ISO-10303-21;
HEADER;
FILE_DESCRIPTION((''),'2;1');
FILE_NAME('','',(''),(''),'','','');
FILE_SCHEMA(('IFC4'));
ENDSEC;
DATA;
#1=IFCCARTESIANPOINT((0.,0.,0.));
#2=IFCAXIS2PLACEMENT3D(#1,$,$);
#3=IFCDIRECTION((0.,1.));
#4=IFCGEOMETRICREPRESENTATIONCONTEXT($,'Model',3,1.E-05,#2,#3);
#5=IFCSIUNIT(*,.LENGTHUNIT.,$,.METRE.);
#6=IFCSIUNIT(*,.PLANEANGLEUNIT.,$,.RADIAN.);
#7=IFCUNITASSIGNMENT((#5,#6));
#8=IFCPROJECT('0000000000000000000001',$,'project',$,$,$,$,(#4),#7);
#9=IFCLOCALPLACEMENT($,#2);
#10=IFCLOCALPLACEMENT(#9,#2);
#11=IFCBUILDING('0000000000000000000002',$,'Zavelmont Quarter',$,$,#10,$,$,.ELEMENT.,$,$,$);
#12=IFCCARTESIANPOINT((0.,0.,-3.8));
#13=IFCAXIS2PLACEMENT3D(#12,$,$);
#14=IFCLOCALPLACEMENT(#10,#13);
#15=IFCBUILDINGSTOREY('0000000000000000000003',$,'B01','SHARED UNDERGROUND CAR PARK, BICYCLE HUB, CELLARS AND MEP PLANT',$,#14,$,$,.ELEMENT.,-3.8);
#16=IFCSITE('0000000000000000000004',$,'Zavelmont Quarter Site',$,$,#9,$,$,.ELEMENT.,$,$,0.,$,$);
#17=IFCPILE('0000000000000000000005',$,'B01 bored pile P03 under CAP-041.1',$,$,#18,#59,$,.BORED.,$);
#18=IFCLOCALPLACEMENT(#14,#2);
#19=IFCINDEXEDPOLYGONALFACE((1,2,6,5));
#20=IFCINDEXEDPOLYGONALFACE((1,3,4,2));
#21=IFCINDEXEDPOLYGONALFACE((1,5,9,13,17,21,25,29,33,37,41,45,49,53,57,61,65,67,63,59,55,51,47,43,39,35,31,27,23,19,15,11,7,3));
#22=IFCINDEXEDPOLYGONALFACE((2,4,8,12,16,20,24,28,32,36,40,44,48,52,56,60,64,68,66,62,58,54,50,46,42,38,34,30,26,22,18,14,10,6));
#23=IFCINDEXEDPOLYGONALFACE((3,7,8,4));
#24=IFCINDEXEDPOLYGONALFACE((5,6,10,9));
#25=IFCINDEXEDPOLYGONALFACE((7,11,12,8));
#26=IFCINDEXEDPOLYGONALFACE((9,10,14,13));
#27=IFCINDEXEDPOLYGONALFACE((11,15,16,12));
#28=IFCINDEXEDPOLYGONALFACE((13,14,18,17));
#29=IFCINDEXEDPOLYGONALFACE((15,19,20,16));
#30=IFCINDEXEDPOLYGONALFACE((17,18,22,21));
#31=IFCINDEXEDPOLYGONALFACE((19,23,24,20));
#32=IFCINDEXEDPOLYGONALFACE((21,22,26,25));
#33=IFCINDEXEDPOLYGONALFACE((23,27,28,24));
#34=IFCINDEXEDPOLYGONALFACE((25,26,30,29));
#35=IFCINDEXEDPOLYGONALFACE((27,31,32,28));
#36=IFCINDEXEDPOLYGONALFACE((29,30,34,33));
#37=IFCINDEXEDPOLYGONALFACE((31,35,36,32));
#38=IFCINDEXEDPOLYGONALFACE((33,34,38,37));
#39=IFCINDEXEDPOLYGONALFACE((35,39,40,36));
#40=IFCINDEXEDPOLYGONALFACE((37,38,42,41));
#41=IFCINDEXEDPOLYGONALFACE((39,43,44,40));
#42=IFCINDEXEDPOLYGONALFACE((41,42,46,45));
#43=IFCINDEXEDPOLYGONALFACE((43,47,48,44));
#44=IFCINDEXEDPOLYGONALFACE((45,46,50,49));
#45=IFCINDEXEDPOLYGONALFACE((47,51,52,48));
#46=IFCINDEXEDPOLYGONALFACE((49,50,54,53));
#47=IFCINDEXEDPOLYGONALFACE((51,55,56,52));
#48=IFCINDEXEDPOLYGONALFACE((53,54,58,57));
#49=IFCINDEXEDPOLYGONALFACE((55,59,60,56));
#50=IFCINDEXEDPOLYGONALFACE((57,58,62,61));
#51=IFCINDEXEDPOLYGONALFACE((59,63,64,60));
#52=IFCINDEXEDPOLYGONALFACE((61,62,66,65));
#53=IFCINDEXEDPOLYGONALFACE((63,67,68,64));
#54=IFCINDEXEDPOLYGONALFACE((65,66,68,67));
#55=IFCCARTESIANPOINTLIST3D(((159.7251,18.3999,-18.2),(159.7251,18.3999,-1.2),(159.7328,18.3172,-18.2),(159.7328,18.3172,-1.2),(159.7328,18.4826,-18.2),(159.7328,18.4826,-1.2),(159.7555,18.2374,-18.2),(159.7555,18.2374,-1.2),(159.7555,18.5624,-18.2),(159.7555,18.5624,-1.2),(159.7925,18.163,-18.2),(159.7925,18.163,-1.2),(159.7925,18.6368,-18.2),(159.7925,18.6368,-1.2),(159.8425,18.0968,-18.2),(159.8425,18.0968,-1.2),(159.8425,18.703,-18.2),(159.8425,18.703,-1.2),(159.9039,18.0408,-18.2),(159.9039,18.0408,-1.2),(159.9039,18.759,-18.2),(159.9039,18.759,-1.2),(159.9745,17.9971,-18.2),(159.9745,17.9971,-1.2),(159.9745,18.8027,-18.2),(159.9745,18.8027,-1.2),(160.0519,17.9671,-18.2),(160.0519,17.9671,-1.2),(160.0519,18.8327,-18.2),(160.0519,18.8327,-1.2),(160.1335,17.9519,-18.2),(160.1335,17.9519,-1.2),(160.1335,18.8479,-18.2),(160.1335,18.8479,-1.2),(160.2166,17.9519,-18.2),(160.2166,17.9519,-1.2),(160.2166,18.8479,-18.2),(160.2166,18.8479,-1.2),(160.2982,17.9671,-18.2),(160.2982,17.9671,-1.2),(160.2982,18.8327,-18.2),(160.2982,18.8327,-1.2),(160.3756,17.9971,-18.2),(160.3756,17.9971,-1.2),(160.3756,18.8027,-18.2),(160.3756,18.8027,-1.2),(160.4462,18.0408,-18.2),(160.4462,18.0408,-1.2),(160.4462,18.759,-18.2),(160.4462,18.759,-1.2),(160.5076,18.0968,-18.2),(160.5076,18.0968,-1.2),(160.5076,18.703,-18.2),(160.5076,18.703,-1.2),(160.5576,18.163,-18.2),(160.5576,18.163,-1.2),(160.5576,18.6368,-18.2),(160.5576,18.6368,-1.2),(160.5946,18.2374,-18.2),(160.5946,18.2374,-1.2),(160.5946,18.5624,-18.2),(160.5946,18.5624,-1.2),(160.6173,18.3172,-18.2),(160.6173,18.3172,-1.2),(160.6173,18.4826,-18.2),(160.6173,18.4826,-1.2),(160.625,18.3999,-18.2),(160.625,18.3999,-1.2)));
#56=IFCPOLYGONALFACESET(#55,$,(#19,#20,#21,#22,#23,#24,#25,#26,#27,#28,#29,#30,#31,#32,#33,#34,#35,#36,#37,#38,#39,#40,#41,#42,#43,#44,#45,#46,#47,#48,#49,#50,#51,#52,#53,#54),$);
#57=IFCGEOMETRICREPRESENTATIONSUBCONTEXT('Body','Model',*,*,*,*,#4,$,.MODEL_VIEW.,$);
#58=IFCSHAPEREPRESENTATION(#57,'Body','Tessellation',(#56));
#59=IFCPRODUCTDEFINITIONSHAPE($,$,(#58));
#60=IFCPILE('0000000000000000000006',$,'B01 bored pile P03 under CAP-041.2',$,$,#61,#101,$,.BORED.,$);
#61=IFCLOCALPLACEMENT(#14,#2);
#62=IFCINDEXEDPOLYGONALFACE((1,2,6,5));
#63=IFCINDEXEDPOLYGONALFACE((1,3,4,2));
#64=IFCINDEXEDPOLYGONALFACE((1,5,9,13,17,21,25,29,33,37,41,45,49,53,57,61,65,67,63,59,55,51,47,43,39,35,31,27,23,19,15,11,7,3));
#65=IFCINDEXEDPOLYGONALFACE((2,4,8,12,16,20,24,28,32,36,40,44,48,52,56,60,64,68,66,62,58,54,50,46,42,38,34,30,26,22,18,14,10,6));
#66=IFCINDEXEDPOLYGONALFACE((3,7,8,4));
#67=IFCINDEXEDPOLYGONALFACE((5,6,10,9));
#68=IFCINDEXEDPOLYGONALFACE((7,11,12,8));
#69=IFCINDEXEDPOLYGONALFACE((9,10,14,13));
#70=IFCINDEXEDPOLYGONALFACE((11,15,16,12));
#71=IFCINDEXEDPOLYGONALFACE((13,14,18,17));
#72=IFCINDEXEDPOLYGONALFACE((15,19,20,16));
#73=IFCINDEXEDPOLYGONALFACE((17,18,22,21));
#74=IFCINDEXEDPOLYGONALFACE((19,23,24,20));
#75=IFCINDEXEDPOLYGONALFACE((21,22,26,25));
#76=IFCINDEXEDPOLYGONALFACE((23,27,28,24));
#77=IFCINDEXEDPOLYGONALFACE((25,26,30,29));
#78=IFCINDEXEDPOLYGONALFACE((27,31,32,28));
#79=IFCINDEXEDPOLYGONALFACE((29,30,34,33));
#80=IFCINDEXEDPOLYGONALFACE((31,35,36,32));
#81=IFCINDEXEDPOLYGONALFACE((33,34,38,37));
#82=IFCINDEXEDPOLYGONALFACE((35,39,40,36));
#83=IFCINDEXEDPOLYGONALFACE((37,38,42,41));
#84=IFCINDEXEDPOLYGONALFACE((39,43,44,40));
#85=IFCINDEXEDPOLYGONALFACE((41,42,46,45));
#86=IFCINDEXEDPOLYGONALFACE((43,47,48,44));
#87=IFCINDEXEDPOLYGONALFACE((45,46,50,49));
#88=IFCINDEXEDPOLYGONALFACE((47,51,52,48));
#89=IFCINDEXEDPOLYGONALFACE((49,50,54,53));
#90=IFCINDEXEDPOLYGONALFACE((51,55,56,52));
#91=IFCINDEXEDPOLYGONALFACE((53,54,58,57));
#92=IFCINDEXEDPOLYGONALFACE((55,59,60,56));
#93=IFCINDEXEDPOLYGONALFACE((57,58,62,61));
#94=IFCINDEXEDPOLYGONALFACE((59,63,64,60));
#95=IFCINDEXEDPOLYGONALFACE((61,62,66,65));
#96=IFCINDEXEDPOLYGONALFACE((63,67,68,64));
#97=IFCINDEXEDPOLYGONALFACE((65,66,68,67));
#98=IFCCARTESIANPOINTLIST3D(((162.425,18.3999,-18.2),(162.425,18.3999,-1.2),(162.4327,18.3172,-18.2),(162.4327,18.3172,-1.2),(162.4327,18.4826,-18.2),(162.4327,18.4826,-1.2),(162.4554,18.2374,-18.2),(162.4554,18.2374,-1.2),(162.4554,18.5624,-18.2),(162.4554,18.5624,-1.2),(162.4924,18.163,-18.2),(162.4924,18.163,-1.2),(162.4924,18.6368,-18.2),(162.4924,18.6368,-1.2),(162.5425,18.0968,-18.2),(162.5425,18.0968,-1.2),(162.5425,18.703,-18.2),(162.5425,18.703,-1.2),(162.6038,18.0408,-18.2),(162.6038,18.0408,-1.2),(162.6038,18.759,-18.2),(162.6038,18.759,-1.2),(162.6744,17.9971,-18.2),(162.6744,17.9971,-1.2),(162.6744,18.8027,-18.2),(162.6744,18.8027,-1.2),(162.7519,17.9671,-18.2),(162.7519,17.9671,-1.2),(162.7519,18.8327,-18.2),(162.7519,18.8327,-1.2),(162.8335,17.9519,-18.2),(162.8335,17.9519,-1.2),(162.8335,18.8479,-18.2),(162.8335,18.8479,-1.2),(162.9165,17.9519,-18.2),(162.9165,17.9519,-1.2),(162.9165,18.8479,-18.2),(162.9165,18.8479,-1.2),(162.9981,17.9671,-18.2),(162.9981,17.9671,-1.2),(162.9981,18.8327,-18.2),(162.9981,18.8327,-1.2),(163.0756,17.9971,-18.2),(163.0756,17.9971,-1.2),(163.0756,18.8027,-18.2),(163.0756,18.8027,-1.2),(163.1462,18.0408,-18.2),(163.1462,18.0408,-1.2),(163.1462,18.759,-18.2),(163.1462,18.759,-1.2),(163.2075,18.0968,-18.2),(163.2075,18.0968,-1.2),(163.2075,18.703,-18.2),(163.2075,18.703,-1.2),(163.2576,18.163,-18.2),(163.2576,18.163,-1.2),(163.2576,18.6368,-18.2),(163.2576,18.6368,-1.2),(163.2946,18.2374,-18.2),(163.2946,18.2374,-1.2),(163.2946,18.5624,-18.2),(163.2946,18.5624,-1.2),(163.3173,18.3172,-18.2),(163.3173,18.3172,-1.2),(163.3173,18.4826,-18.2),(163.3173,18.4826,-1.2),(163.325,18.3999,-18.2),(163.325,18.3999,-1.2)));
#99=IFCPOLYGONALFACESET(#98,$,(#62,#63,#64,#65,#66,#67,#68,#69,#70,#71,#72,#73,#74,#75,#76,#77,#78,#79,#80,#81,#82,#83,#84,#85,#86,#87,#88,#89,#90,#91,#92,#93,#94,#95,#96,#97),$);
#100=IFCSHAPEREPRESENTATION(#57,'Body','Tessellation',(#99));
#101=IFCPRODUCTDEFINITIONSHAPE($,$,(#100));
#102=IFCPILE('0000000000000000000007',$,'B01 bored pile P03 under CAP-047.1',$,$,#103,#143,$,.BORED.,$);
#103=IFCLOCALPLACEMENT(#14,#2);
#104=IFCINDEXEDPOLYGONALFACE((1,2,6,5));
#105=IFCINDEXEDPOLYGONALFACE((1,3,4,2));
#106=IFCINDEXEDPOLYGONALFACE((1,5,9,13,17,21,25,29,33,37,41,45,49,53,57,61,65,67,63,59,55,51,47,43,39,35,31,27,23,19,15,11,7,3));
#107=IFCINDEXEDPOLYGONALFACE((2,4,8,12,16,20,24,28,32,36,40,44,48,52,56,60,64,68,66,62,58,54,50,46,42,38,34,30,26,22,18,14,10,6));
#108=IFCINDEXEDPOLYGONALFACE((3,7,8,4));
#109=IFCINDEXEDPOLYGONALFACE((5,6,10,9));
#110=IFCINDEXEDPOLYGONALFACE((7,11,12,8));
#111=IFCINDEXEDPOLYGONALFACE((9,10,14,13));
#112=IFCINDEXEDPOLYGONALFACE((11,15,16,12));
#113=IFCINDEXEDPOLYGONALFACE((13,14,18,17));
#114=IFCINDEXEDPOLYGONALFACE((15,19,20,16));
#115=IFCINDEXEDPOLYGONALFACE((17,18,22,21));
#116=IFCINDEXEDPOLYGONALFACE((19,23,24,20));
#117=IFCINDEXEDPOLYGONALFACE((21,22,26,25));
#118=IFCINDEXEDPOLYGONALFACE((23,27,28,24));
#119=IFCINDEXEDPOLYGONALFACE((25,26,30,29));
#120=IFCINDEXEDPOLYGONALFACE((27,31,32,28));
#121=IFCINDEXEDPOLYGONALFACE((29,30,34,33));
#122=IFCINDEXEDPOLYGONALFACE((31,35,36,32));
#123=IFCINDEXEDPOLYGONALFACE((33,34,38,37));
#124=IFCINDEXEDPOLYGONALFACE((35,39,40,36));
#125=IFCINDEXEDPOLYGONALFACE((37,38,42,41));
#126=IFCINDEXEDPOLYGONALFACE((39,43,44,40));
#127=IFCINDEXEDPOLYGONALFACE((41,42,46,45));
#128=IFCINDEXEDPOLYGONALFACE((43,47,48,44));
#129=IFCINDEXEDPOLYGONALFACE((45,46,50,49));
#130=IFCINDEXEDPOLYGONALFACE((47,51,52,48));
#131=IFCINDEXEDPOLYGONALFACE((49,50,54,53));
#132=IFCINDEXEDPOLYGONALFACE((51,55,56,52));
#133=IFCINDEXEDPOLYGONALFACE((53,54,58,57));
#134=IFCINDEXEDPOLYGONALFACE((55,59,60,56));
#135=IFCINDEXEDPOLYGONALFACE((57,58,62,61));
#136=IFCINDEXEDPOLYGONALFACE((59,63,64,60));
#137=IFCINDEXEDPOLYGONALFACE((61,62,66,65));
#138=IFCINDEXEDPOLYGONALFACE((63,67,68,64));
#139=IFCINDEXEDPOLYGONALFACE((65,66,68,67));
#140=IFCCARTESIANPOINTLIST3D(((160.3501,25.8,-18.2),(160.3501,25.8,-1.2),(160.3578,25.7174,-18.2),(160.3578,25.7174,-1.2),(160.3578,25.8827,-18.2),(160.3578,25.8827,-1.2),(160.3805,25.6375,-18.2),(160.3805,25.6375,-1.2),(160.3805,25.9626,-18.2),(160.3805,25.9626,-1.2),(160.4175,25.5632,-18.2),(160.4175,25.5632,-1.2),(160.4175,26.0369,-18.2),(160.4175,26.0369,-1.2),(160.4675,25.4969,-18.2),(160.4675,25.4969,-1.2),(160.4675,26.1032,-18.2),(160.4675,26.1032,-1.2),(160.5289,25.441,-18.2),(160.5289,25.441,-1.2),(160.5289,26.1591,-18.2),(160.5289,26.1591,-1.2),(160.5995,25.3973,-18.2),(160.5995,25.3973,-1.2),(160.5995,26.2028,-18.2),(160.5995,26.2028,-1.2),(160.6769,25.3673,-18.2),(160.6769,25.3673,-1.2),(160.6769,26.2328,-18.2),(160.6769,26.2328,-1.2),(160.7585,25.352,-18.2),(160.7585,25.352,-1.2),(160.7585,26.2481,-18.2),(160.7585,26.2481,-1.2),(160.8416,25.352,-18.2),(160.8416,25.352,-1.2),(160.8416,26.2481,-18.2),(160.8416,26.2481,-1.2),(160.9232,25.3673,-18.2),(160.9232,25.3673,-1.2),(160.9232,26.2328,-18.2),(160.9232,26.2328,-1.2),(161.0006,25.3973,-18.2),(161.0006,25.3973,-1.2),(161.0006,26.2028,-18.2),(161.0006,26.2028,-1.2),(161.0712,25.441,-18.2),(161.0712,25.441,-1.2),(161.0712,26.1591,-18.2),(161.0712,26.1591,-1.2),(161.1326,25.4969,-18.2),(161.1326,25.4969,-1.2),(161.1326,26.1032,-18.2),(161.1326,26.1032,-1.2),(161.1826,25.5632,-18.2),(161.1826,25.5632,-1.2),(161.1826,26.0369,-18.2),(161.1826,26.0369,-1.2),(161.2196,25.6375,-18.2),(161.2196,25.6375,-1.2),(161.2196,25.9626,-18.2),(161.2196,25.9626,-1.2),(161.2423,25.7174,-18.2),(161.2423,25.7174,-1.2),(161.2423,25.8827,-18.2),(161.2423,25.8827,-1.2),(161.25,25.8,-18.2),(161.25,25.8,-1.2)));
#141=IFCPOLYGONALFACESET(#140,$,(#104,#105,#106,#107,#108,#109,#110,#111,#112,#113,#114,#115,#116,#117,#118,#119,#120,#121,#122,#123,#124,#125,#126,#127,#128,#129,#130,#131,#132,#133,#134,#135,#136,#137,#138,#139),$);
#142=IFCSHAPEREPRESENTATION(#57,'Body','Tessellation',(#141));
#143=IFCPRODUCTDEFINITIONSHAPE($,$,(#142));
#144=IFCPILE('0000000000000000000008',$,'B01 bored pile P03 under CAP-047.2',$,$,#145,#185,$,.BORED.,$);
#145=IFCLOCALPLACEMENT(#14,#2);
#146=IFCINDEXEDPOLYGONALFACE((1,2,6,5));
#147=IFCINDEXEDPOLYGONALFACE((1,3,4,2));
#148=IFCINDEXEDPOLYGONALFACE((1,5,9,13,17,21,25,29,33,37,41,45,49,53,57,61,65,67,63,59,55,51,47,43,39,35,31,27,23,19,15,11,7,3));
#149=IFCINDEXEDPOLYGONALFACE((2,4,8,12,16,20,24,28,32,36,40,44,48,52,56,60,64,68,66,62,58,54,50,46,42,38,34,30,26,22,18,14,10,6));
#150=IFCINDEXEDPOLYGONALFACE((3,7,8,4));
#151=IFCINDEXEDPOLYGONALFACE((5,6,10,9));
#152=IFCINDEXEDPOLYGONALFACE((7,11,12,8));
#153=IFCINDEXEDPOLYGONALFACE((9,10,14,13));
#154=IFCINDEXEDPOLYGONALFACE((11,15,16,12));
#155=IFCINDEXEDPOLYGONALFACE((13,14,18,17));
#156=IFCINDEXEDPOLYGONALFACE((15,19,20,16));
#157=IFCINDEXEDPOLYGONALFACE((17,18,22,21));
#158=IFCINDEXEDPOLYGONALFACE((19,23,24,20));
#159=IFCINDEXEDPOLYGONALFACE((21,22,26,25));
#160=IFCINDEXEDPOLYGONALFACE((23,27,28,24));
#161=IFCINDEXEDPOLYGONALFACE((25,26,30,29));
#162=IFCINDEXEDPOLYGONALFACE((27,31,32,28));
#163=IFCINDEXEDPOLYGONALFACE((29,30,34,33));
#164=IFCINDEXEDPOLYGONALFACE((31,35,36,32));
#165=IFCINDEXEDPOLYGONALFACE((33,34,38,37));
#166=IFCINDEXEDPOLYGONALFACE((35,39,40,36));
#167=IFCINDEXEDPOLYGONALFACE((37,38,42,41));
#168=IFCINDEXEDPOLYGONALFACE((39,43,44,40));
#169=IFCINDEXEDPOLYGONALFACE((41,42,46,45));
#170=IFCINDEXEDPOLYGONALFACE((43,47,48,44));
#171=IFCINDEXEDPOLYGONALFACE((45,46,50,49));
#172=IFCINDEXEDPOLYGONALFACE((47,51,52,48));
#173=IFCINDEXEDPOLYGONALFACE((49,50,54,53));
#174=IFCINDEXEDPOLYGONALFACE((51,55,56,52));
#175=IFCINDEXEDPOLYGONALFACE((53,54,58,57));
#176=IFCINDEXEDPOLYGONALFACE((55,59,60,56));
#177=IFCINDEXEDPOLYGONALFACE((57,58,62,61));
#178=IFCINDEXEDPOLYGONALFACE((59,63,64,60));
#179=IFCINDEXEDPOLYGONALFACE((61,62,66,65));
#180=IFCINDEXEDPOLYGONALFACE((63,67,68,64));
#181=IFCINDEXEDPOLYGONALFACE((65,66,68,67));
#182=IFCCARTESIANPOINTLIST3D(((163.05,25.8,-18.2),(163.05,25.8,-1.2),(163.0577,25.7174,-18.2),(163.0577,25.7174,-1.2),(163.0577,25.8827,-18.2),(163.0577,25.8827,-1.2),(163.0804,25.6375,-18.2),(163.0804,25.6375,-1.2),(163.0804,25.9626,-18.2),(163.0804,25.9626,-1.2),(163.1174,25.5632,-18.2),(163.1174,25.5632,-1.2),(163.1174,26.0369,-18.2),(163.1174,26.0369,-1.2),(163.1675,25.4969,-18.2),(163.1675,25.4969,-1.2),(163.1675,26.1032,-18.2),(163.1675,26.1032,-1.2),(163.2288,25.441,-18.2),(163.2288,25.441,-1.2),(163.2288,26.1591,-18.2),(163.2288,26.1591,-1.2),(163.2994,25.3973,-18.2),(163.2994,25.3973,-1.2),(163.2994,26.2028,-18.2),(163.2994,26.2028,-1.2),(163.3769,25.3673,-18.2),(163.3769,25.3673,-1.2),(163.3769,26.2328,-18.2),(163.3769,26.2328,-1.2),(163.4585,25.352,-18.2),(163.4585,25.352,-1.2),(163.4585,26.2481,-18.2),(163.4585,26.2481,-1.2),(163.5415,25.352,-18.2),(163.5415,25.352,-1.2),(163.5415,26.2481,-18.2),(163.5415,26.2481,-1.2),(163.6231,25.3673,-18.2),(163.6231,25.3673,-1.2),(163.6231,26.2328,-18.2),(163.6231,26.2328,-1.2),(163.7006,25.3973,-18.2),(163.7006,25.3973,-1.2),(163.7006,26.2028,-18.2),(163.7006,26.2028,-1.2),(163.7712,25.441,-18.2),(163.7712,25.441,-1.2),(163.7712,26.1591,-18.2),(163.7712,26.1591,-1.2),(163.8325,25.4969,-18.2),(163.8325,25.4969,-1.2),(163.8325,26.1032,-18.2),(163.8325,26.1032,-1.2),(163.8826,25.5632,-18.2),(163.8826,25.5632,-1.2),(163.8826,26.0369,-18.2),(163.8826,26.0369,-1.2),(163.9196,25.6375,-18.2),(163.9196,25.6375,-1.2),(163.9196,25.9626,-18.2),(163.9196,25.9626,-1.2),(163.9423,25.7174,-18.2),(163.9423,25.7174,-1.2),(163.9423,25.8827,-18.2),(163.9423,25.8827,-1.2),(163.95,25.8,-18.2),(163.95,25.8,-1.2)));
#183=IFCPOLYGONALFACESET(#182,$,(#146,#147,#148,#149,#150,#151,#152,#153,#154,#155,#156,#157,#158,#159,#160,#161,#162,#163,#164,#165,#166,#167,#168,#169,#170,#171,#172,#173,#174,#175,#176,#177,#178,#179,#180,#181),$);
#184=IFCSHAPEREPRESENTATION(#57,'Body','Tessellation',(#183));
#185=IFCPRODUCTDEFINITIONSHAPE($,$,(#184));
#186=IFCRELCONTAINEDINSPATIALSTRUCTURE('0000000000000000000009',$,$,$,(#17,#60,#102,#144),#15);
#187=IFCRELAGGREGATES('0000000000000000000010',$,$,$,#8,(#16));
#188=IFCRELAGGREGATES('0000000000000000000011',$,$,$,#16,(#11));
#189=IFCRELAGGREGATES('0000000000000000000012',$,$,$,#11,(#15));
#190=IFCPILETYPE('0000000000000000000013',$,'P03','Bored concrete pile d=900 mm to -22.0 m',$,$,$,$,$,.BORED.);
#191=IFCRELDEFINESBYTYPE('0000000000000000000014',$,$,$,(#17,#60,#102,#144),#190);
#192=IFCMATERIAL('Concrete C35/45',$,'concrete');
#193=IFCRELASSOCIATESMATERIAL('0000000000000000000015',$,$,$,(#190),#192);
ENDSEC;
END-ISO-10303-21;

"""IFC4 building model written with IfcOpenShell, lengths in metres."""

from ifc_helpers import new_model, si_unit, direction, frame, origin, origin_2d, place, context, subcontext, project, spatial, circle, extrude, material, material_profile, profile_set, type_object, element, save


model = new_model("IFC4")

# Units and contexts
model_context = context("Model", 3, precision=1e-05, world=origin(), true_north=direction((0.0, 1.0)))
body_context = subcontext(model_context, "Body", "Model", "MODEL_VIEW")
ifc_project = project(units=[si_unit("LENGTHUNIT", "METRE"), si_unit("PLANEANGLEUNIT", "RADIAN")], contexts=[model_context])

# Site, building, storey
site_placement = place(None, origin())
site = spatial("IfcSite", under=ifc_project, at=site_placement, Name="Zavelmont Quarter Site", CompositionType="ELEMENT", RefElevation=0.0)
building_placement = place(site_placement, origin())
building = spatial("IfcBuilding", under=site, at=building_placement, Name="Zavelmont Quarter", CompositionType="ELEMENT")
storey_placement = place(building_placement, frame((0.0, 0.0, -3.8)))
storey = spatial("IfcBuildingStorey", under=building, at=storey_placement, Name="B01", Description="SHARED UNDERGROUND CAR PARK, BICYCLE HUB, CELLARS AND MEP PLANT", CompositionType="ELEMENT", Elevation=-3.8)

# Shared definitions
ifc_material_1 = material(Name="Concrete C35/45", Category="concrete")

# Piles
ifc_material_profile_1 = material_profile(ifc_material_1, circle(Radius=0.45, at=origin_2d()), Name="BP900")
ifc_profile_set_1 = profile_set([ifc_material_profile_1], Name="Concrete C35/45")
pile_type_1 = type_object("IfcPileType", Name="P03", Description="Bored concrete pile d=900 mm to -22.0 m", PredefinedType="BORED", material=ifc_profile_set_1)
for number, where, z_axis, x_axis, name in (
    (1, (160.175, 18.3999, -1.2), (0.0, 0.0, -1.0), (1.0, 0.0, 0.0), "B01 bored pile P03 under CAP-041.1"),
    (2, (162.875, 18.3999, -1.2), (0.0, 0.0, -1.0), (1.0, 0.0, 0.0), "B01 bored pile P03 under CAP-041.2"),
    (3, (160.8, 25.8, -1.2), (0.0, 0.0, -1.0), (1.0, 0.0, 0.0), "B01 bored pile P03 under CAP-047.1"),
    (4, (163.5, 25.8, -1.2), (0.0, 0.0, -1.0), (1.0, 0.0, 0.0), "B01 bored pile P03 under CAP-047.2"),
):
    element("IfcPile", number, at=place(storey_placement, frame(where, z_axis=z_axis, x_axis=x_axis)), inside=storey, type_object=pile_type_1, Name=name, PredefinedType="BORED", context=body_context, shape_type="SweptSolid", body=[
        extrude(circle(Radius=0.45, at=origin_2d()), origin(), (0.0, 0.0, 1.0), 17.0),
    ])

save(model, "model.ifc")
